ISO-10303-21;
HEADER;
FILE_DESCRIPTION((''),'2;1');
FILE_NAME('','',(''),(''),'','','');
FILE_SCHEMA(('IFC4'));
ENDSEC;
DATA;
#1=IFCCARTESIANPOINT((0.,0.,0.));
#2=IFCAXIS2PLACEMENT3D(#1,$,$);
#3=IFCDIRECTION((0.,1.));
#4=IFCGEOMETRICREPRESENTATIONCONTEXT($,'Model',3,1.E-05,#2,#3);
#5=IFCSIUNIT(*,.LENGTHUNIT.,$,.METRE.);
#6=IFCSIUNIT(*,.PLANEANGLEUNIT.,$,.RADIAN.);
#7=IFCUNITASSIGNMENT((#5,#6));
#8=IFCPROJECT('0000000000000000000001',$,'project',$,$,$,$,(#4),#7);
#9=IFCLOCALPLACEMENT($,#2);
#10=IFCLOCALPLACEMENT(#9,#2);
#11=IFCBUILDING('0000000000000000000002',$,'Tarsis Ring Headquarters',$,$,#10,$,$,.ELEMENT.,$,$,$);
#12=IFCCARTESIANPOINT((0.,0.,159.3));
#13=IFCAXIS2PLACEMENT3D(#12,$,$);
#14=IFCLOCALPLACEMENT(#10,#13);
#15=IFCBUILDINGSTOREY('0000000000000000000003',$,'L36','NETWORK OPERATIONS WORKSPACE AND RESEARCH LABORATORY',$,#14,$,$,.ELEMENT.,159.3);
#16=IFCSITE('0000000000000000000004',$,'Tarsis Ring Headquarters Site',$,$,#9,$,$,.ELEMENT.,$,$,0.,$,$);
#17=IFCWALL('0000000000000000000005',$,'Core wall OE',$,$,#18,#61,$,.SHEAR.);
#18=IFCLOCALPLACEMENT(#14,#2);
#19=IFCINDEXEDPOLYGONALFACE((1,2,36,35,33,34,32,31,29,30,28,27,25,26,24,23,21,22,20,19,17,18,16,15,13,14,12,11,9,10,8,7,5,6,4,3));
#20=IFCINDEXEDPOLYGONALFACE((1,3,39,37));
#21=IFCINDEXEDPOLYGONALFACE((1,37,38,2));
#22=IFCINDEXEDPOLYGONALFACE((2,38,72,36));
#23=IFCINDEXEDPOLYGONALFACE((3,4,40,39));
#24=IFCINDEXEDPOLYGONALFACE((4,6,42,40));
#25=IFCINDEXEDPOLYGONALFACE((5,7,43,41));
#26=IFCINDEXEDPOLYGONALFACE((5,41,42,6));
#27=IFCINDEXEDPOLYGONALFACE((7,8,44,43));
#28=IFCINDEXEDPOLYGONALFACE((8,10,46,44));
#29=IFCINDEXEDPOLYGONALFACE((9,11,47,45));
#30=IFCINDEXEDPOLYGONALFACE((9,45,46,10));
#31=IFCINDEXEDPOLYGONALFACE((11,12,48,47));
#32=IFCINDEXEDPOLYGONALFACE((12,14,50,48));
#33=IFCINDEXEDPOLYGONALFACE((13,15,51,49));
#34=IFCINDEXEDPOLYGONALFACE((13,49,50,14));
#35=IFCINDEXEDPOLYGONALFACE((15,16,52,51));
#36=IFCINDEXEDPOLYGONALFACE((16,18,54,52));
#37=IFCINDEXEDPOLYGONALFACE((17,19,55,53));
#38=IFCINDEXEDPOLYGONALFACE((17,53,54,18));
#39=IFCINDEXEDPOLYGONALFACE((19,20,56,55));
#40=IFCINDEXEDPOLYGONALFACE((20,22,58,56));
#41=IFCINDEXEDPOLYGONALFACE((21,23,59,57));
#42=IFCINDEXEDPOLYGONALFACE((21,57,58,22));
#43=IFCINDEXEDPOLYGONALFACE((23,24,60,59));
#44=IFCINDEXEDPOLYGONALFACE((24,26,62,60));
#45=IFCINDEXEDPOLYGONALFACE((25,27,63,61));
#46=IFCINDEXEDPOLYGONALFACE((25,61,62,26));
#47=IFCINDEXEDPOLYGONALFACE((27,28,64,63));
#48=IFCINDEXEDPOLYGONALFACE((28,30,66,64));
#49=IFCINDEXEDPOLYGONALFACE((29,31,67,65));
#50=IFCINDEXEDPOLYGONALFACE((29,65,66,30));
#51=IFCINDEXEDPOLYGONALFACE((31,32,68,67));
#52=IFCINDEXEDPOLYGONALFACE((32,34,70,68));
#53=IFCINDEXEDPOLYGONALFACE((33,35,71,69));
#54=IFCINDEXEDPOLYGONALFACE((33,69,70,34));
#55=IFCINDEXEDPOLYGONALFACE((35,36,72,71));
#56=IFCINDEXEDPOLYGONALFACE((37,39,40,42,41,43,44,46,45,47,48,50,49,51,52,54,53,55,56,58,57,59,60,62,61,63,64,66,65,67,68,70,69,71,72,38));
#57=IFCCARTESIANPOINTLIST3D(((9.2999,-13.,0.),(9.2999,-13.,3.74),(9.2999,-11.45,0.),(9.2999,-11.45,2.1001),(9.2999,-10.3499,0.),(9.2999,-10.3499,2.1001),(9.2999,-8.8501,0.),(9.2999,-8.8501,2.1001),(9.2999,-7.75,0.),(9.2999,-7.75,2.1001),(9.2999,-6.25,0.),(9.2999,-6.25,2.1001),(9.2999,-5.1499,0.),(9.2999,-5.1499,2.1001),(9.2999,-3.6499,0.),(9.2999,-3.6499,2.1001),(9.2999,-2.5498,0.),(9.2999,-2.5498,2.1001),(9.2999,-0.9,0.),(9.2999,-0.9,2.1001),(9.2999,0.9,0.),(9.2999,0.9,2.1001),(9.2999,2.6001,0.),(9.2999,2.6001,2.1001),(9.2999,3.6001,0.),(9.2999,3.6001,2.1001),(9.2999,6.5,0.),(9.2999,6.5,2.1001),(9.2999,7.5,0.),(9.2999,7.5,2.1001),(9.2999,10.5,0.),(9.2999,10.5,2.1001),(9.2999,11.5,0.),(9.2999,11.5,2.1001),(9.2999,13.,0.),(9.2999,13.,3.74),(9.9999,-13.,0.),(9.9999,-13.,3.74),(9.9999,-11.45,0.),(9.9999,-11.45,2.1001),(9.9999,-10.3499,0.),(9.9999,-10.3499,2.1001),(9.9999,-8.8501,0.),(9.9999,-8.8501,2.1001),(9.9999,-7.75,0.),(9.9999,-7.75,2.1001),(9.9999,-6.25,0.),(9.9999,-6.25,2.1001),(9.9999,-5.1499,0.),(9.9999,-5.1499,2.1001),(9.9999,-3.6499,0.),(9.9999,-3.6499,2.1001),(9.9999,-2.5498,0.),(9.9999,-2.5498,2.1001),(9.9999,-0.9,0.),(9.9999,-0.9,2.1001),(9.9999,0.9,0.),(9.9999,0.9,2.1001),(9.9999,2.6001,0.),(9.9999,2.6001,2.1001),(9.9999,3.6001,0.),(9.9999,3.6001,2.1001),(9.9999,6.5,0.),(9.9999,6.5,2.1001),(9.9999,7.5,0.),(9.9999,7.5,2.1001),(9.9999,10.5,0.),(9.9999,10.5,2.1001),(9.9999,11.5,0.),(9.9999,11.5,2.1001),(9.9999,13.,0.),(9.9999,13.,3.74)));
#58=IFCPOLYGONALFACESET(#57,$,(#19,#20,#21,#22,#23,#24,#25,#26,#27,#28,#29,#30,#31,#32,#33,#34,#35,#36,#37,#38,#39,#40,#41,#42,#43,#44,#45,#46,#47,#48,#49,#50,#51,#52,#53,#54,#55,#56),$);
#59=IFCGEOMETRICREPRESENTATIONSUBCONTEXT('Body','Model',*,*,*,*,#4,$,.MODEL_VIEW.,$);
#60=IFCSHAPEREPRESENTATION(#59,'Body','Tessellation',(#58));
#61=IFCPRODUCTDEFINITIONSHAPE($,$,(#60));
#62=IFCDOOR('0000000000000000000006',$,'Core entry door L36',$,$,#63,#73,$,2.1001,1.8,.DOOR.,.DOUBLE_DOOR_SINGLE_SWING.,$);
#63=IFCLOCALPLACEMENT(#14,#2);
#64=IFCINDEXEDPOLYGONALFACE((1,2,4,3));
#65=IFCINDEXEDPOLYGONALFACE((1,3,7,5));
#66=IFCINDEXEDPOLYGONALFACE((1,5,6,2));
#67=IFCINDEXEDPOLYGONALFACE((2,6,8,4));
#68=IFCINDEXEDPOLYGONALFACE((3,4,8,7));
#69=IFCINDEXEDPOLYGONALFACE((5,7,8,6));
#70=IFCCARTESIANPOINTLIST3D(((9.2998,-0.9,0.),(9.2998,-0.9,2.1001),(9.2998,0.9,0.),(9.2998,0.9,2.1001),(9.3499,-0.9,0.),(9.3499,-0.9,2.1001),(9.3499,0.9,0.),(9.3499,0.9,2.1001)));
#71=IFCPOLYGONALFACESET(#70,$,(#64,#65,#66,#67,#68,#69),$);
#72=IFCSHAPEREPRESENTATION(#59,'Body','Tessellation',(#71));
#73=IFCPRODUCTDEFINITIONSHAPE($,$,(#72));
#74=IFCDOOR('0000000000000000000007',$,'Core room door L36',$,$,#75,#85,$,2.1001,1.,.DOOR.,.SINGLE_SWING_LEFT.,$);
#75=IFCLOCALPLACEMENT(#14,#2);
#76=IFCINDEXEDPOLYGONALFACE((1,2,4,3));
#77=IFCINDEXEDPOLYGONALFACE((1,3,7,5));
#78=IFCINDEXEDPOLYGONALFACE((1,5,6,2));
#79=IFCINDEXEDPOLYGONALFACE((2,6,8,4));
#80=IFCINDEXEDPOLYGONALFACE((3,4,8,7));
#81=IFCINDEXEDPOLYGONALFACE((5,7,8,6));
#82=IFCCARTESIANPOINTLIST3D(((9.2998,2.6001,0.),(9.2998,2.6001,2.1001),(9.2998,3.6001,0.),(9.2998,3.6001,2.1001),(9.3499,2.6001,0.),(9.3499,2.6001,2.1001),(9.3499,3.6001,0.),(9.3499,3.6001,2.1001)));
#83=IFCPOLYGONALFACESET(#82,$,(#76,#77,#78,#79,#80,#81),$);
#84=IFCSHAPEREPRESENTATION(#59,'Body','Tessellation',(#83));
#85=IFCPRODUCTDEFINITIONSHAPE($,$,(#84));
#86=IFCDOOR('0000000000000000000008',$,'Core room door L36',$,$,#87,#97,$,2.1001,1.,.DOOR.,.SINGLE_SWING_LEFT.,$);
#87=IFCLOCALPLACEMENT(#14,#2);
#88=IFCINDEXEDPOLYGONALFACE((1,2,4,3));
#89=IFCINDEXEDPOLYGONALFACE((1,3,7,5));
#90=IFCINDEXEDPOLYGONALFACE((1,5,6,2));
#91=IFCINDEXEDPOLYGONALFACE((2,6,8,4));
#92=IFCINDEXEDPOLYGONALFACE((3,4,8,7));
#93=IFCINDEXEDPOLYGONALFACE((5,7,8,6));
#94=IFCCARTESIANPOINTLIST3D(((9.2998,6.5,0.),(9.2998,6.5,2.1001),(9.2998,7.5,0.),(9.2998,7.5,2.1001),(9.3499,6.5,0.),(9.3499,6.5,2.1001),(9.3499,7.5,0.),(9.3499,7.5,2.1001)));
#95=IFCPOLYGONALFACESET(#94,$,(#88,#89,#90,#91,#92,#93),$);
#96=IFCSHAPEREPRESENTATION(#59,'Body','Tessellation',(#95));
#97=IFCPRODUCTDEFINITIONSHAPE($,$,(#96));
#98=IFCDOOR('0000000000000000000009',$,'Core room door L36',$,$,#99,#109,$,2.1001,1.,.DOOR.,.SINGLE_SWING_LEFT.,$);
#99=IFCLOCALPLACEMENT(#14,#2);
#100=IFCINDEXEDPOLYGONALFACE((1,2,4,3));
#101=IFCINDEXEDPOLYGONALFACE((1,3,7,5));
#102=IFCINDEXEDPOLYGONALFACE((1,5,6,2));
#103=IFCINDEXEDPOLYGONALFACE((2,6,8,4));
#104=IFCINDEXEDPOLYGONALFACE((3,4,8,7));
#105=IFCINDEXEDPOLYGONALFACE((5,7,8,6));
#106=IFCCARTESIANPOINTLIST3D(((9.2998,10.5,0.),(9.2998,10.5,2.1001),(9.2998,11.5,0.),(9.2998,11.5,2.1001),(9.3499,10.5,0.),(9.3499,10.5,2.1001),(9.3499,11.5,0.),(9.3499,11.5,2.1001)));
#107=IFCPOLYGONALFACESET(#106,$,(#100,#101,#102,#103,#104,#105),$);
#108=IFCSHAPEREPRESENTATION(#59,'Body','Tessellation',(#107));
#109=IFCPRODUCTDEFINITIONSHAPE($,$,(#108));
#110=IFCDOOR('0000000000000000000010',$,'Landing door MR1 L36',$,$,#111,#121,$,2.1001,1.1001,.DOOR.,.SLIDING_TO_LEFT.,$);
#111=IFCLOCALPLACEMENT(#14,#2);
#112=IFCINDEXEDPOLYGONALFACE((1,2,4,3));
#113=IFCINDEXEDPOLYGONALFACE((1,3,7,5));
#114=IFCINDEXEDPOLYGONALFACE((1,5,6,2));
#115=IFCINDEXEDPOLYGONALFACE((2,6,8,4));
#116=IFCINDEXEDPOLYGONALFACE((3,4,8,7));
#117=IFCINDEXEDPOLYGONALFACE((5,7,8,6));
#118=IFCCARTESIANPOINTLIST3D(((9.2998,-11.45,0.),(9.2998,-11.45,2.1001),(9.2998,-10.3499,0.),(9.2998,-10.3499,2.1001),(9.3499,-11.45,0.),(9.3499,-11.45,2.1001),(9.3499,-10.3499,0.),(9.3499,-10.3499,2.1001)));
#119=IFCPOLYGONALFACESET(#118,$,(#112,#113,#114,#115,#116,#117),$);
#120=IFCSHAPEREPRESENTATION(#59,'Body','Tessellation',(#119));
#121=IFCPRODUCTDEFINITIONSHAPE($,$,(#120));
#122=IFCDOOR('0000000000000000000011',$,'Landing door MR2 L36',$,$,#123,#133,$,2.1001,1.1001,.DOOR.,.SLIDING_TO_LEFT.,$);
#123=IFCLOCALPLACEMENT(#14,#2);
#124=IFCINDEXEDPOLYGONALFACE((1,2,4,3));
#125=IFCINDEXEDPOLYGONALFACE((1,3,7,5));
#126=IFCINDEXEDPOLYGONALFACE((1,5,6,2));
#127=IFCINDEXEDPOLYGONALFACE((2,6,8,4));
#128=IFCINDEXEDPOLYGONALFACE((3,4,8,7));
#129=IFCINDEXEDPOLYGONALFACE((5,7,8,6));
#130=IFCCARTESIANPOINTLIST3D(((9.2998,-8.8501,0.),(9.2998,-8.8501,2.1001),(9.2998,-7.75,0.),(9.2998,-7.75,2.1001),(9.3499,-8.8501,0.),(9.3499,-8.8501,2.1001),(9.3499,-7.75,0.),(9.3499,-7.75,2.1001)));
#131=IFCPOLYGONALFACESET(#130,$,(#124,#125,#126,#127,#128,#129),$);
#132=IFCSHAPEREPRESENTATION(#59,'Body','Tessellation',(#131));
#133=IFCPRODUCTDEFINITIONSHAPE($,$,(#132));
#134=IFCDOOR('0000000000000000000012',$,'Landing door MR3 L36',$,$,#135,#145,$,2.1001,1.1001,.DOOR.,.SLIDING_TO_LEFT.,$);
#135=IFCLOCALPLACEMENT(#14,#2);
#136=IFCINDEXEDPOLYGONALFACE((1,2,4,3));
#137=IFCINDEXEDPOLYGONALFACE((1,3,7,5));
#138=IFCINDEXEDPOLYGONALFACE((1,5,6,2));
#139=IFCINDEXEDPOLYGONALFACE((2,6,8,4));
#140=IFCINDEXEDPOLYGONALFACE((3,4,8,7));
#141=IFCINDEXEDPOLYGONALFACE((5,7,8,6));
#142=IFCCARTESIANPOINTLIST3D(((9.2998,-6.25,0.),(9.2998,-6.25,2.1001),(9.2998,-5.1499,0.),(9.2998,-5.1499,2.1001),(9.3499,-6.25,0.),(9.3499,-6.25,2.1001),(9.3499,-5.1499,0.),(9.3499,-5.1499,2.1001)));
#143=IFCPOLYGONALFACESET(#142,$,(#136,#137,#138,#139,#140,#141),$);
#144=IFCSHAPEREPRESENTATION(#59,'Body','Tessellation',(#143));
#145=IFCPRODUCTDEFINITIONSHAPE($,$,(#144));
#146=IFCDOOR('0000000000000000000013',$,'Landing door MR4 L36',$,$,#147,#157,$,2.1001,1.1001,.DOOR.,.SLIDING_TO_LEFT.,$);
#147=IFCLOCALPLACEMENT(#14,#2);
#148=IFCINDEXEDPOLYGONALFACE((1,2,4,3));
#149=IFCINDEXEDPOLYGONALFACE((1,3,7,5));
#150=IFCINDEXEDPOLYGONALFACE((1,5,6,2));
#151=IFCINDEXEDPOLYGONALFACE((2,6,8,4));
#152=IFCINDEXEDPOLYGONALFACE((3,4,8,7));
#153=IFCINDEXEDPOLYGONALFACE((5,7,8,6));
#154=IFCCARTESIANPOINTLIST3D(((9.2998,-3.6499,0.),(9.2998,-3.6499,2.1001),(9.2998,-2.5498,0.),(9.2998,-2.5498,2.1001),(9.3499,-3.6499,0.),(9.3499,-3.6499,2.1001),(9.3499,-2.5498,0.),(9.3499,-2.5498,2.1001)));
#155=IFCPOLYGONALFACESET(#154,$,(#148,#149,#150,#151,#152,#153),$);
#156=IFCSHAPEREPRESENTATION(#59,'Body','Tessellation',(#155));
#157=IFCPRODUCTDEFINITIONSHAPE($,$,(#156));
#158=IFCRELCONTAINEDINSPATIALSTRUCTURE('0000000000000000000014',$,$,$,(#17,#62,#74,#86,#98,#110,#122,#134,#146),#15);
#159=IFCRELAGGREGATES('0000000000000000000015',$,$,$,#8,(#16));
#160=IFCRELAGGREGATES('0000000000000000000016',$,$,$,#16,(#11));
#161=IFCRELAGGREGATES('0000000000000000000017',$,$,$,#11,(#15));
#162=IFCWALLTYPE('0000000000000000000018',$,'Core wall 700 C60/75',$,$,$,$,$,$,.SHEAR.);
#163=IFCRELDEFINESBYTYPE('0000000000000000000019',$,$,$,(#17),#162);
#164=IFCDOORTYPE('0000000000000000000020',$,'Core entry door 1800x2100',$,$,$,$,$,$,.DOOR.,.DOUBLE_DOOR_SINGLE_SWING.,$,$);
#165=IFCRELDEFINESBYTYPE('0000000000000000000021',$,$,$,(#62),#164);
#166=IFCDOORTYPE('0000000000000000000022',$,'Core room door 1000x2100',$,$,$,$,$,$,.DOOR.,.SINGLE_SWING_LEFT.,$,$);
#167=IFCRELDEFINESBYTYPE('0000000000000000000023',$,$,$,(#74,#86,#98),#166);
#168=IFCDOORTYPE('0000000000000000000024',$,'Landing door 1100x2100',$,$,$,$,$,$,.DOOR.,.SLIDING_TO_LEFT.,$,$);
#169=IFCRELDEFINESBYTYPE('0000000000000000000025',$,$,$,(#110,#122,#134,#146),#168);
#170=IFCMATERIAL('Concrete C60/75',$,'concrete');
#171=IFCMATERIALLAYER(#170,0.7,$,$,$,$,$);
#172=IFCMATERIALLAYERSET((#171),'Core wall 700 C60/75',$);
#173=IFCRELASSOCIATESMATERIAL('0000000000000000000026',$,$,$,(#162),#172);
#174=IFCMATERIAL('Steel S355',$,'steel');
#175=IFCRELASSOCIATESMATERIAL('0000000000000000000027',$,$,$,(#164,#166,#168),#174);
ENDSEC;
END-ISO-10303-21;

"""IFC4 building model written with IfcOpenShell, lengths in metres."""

from ifc_helpers import new_model, si_unit, direction, frame, frame_2d, origin, place, context, subcontext, project, spatial, rectangle, extrude, material, layer, layer_set, type_object, element, fill, save


model = new_model("IFC4")

# Units and contexts
model_context = context("Model", 3, precision=1e-05, world=origin(), true_north=direction((0.0, 1.0)))
body_context = subcontext(model_context, "Body", "Model", "MODEL_VIEW")
ifc_project = project(units=[si_unit("LENGTHUNIT", "METRE"), si_unit("PLANEANGLEUNIT", "RADIAN")], contexts=[model_context])

# Site, building, storey
site_placement = place(None, origin())
site = spatial("IfcSite", under=ifc_project, at=site_placement, Name="Tarsis Ring Headquarters Site", CompositionType="ELEMENT", RefElevation=0.0)
building_placement = place(site_placement, origin())
building = spatial("IfcBuilding", under=site, at=building_placement, Name="Tarsis Ring Headquarters", CompositionType="ELEMENT")
storey_placement = place(building_placement, frame((0.0, 0.0, 159.3)))
storey = spatial("IfcBuildingStorey", under=building, at=storey_placement, Name="L36", Description="NETWORK OPERATIONS WORKSPACE AND RESEARCH LABORATORY", CompositionType="ELEMENT", Elevation=159.3)

# Wall, openings, doors
ifc_material_1 = material(Name="Concrete C60/75", Category="concrete")
ifc_layer_1 = layer(ifc_material_1, 0.7)
ifc_layer_set_1 = layer_set([ifc_layer_1], Name="Core wall 700 C60/75")
wall_type_1 = type_object("IfcWallType", Name="Core wall 700 C60/75", PredefinedType="SHEAR", material=ifc_layer_set_1)
wall_1_placement = place(storey_placement, frame((9.6499, -13.0, 0.0), z_axis=(0.0, 0.0, 1.0), x_axis=(0.0, 1.0, 0.0)))
wall_1 = element("IfcWall", 1, at=wall_1_placement, inside=storey, type_object=wall_type_1, Name="Core wall OE", PredefinedType="SHEAR", context=body_context, shape_type="SweptSolid", body=[
    extrude(rectangle(XDim=26.0, YDim=0.7, at=frame_2d((13.0, 0.0))), origin(), (0.0, 0.0, 1.0), 3.74),
])
opening_1_placement = place(wall_1_placement, frame((1.55, 0.0, 0.0)))
opening_1 = element("IfcOpeningElement", 2, at=opening_1_placement, cuts=wall_1, PredefinedType="OPENING", context=body_context, shape_type="SweptSolid", body=[
    extrude(rectangle(XDim=1.1001, YDim=2.1001, at=frame_2d((0.55, 1.05))), frame((0.0, 0.3599, 0.0), z_axis=(0.0, -1.0, 0.0), x_axis=(1.0, 0.0, 0.0)), (0.0, 0.0, 1.0), 0.72),
])
opening_2_placement = place(wall_1_placement, frame((4.1499, 0.0, 0.0)))
opening_2 = element("IfcOpeningElement", 3, at=opening_2_placement, cuts=wall_1, PredefinedType="OPENING", context=body_context, shape_type="SweptSolid", body=[
    extrude(rectangle(XDim=1.1001, YDim=2.1001, at=frame_2d((0.55, 1.05))), frame((0.0, 0.3599, 0.0), z_axis=(0.0, -1.0, 0.0), x_axis=(1.0, 0.0, 0.0)), (0.0, 0.0, 1.0), 0.72),
])
opening_3_placement = place(wall_1_placement, frame((6.75, 0.0, 0.0)))
opening_3 = element("IfcOpeningElement", 4, at=opening_3_placement, cuts=wall_1, PredefinedType="OPENING", context=body_context, shape_type="SweptSolid", body=[
    extrude(rectangle(XDim=1.1001, YDim=2.1001, at=frame_2d((0.55, 1.05))), frame((0.0, 0.3599, 0.0), z_axis=(0.0, -1.0, 0.0), x_axis=(1.0, 0.0, 0.0)), (0.0, 0.0, 1.0), 0.72),
])
opening_4_placement = place(wall_1_placement, frame((9.3501, 0.0, 0.0)))
opening_4 = element("IfcOpeningElement", 5, at=opening_4_placement, cuts=wall_1, PredefinedType="OPENING", context=body_context, shape_type="SweptSolid", body=[
    extrude(rectangle(XDim=1.1001, YDim=2.1001, at=frame_2d((0.55, 1.05))), frame((0.0, 0.3599, 0.0), z_axis=(0.0, -1.0, 0.0), x_axis=(1.0, 0.0, 0.0)), (0.0, 0.0, 1.0), 0.72),
])
opening_5_placement = place(wall_1_placement, frame((12.1001, 0.0, 0.0)))
opening_5 = element("IfcOpeningElement", 6, at=opening_5_placement, cuts=wall_1, PredefinedType="OPENING", context=body_context, shape_type="SweptSolid", body=[
    extrude(rectangle(XDim=1.8, YDim=2.1001, at=frame_2d((0.8999, 1.05))), frame((0.0, 0.3599, 0.0), z_axis=(0.0, -1.0, 0.0), x_axis=(1.0, 0.0, 0.0)), (0.0, 0.0, 1.0), 0.72),
])
opening_6_placement = place(wall_1_placement, frame((15.6001, 0.0, 0.0)))
opening_6 = element("IfcOpeningElement", 7, at=opening_6_placement, cuts=wall_1, PredefinedType="OPENING", context=body_context, shape_type="SweptSolid", body=[
    extrude(rectangle(XDim=1.0, YDim=2.1001, at=frame_2d((0.5, 1.05))), frame((0.0, 0.3599, 0.0), z_axis=(0.0, -1.0, 0.0), x_axis=(1.0, 0.0, 0.0)), (0.0, 0.0, 1.0), 0.72),
])
opening_7_placement = place(wall_1_placement, frame((19.5, 0.0, 0.0)))
opening_7 = element("IfcOpeningElement", 8, at=opening_7_placement, cuts=wall_1, PredefinedType="OPENING", context=body_context, shape_type="SweptSolid", body=[
    extrude(rectangle(XDim=1.0, YDim=2.1001, at=frame_2d((0.5, 1.05))), frame((0.0, 0.3599, 0.0), z_axis=(0.0, -1.0, 0.0), x_axis=(1.0, 0.0, 0.0)), (0.0, 0.0, 1.0), 0.72),
])
opening_8_placement = place(wall_1_placement, frame((23.5, 0.0, 0.0)))
opening_8 = element("IfcOpeningElement", 9, at=opening_8_placement, cuts=wall_1, PredefinedType="OPENING", context=body_context, shape_type="SweptSolid", body=[
    extrude(rectangle(XDim=1.0, YDim=2.1001, at=frame_2d((0.5, 1.05))), frame((0.0, 0.3599, 0.0), z_axis=(0.0, -1.0, 0.0), x_axis=(1.0, 0.0, 0.0)), (0.0, 0.0, 1.0), 0.72),
])
ifc_material_2 = material(Name="Steel S355", Category="steel")
door_type_1 = type_object("IfcDoorType", Name="Core entry door 1800x2100", OperationType="DOUBLE_DOOR_SINGLE_SWING", PredefinedType="DOOR", material=ifc_material_2)
door_1_placement = place(opening_5_placement, origin())
door_1 = element("IfcDoor", 10, at=door_1_placement, inside=storey, type_object=door_type_1, Name="Core entry door L36", OperationType="DOUBLE_DOOR_SINGLE_SWING", OverallHeight=2.1001, OverallWidth=1.8, PredefinedType="DOOR", context=body_context, shape_type="SweptSolid", body=[
    extrude(rectangle(XDim=1.8, YDim=2.1001, at=frame_2d((0.8999, 1.05))), frame((0.0, 0.3501, 0.0), z_axis=(0.0, -1.0, 0.0), x_axis=(1.0, 0.0, 0.0)), (0.0, 0.0, 1.0), 0.05),
])
fill(opening_5, door_1)
door_type_2 = type_object("IfcDoorType", Name="Core room door 1000x2100", OperationType="SINGLE_SWING_LEFT", PredefinedType="DOOR", material=ifc_material_2)
door_2_placement = place(opening_6_placement, origin())
door_2 = element("IfcDoor", 11, at=door_2_placement, inside=storey, type_object=door_type_2, Name="Core room door L36", OperationType="SINGLE_SWING_LEFT", OverallHeight=2.1001, OverallWidth=1.0, PredefinedType="DOOR", context=body_context, shape_type="SweptSolid", body=[
    extrude(rectangle(XDim=1.0, YDim=2.1001, at=frame_2d((0.5, 1.05))), frame((0.0, 0.3501, 0.0), z_axis=(0.0, -1.0, 0.0), x_axis=(1.0, 0.0, 0.0)), (0.0, 0.0, 1.0), 0.05),
])
fill(opening_6, door_2)
door_3_placement = place(opening_7_placement, origin())
door_3 = element("IfcDoor", 12, at=door_3_placement, inside=storey, type_object=door_type_2, Name="Core room door L36", OperationType="SINGLE_SWING_LEFT", OverallHeight=2.1001, OverallWidth=1.0, PredefinedType="DOOR", context=body_context, shape_type="SweptSolid", body=[
    extrude(rectangle(XDim=1.0, YDim=2.1001, at=frame_2d((0.5, 1.05))), frame((0.0, 0.3501, 0.0), z_axis=(0.0, -1.0, 0.0), x_axis=(1.0, 0.0, 0.0)), (0.0, 0.0, 1.0), 0.05),
])
fill(opening_7, door_3)
door_4_placement = place(opening_8_placement, origin())
door_4 = element("IfcDoor", 13, at=door_4_placement, inside=storey, type_object=door_type_2, Name="Core room door L36", OperationType="SINGLE_SWING_LEFT", OverallHeight=2.1001, OverallWidth=1.0, PredefinedType="DOOR", context=body_context, shape_type="SweptSolid", body=[
    extrude(rectangle(XDim=1.0, YDim=2.1001, at=frame_2d((0.5, 1.05))), frame((0.0, 0.3501, 0.0), z_axis=(0.0, -1.0, 0.0), x_axis=(1.0, 0.0, 0.0)), (0.0, 0.0, 1.0), 0.05),
])
fill(opening_8, door_4)
door_type_3 = type_object("IfcDoorType", Name="Landing door 1100x2100", OperationType="SLIDING_TO_LEFT", PredefinedType="DOOR", material=ifc_material_2)
door_5_placement = place(opening_1_placement, origin())
door_5 = element("IfcDoor", 14, at=door_5_placement, inside=storey, type_object=door_type_3, Name="Landing door MR1 L36", OperationType="SLIDING_TO_LEFT", OverallHeight=2.1001, OverallWidth=1.1001, PredefinedType="DOOR", context=body_context, shape_type="SweptSolid", body=[
    extrude(rectangle(XDim=1.1001, YDim=2.1001, at=frame_2d((0.55, 1.05))), frame((0.0, 0.3501, 0.0), z_axis=(0.0, -1.0, 0.0), x_axis=(1.0, 0.0, 0.0)), (0.0, 0.0, 1.0), 0.05),
])
fill(opening_1, door_5)
door_6_placement = place(opening_2_placement, origin())
door_6 = element("IfcDoor", 15, at=door_6_placement, inside=storey, type_object=door_type_3, Name="Landing door MR2 L36", OperationType="SLIDING_TO_LEFT", OverallHeight=2.1001, OverallWidth=1.1001, PredefinedType="DOOR", context=body_context, shape_type="SweptSolid", body=[
    extrude(rectangle(XDim=1.1001, YDim=2.1001, at=frame_2d((0.55, 1.05))), frame((0.0, 0.3501, 0.0), z_axis=(0.0, -1.0, 0.0), x_axis=(1.0, 0.0, 0.0)), (0.0, 0.0, 1.0), 0.05),
])
fill(opening_2, door_6)
door_7_placement = place(opening_3_placement, origin())
door_7 = element("IfcDoor", 16, at=door_7_placement, inside=storey, type_object=door_type_3, Name="Landing door MR3 L36", OperationType="SLIDING_TO_LEFT", OverallHeight=2.1001, OverallWidth=1.1001, PredefinedType="DOOR", context=body_context, shape_type="SweptSolid", body=[
    extrude(rectangle(XDim=1.1001, YDim=2.1001, at=frame_2d((0.55, 1.05))), frame((0.0, 0.3501, 0.0), z_axis=(0.0, -1.0, 0.0), x_axis=(1.0, 0.0, 0.0)), (0.0, 0.0, 1.0), 0.05),
])
fill(opening_3, door_7)
door_8_placement = place(opening_4_placement, origin())
door_8 = element("IfcDoor", 17, at=door_8_placement, inside=storey, type_object=door_type_3, Name="Landing door MR4 L36", OperationType="SLIDING_TO_LEFT", OverallHeight=2.1001, OverallWidth=1.1001, PredefinedType="DOOR", context=body_context, shape_type="SweptSolid", body=[
    extrude(rectangle(XDim=1.1001, YDim=2.1001, at=frame_2d((0.55, 1.05))), frame((0.0, 0.3501, 0.0), z_axis=(0.0, -1.0, 0.0), x_axis=(1.0, 0.0, 0.0)), (0.0, 0.0, 1.0), 0.05),
])
fill(opening_4, door_8)

save(model, "model.ifc")
